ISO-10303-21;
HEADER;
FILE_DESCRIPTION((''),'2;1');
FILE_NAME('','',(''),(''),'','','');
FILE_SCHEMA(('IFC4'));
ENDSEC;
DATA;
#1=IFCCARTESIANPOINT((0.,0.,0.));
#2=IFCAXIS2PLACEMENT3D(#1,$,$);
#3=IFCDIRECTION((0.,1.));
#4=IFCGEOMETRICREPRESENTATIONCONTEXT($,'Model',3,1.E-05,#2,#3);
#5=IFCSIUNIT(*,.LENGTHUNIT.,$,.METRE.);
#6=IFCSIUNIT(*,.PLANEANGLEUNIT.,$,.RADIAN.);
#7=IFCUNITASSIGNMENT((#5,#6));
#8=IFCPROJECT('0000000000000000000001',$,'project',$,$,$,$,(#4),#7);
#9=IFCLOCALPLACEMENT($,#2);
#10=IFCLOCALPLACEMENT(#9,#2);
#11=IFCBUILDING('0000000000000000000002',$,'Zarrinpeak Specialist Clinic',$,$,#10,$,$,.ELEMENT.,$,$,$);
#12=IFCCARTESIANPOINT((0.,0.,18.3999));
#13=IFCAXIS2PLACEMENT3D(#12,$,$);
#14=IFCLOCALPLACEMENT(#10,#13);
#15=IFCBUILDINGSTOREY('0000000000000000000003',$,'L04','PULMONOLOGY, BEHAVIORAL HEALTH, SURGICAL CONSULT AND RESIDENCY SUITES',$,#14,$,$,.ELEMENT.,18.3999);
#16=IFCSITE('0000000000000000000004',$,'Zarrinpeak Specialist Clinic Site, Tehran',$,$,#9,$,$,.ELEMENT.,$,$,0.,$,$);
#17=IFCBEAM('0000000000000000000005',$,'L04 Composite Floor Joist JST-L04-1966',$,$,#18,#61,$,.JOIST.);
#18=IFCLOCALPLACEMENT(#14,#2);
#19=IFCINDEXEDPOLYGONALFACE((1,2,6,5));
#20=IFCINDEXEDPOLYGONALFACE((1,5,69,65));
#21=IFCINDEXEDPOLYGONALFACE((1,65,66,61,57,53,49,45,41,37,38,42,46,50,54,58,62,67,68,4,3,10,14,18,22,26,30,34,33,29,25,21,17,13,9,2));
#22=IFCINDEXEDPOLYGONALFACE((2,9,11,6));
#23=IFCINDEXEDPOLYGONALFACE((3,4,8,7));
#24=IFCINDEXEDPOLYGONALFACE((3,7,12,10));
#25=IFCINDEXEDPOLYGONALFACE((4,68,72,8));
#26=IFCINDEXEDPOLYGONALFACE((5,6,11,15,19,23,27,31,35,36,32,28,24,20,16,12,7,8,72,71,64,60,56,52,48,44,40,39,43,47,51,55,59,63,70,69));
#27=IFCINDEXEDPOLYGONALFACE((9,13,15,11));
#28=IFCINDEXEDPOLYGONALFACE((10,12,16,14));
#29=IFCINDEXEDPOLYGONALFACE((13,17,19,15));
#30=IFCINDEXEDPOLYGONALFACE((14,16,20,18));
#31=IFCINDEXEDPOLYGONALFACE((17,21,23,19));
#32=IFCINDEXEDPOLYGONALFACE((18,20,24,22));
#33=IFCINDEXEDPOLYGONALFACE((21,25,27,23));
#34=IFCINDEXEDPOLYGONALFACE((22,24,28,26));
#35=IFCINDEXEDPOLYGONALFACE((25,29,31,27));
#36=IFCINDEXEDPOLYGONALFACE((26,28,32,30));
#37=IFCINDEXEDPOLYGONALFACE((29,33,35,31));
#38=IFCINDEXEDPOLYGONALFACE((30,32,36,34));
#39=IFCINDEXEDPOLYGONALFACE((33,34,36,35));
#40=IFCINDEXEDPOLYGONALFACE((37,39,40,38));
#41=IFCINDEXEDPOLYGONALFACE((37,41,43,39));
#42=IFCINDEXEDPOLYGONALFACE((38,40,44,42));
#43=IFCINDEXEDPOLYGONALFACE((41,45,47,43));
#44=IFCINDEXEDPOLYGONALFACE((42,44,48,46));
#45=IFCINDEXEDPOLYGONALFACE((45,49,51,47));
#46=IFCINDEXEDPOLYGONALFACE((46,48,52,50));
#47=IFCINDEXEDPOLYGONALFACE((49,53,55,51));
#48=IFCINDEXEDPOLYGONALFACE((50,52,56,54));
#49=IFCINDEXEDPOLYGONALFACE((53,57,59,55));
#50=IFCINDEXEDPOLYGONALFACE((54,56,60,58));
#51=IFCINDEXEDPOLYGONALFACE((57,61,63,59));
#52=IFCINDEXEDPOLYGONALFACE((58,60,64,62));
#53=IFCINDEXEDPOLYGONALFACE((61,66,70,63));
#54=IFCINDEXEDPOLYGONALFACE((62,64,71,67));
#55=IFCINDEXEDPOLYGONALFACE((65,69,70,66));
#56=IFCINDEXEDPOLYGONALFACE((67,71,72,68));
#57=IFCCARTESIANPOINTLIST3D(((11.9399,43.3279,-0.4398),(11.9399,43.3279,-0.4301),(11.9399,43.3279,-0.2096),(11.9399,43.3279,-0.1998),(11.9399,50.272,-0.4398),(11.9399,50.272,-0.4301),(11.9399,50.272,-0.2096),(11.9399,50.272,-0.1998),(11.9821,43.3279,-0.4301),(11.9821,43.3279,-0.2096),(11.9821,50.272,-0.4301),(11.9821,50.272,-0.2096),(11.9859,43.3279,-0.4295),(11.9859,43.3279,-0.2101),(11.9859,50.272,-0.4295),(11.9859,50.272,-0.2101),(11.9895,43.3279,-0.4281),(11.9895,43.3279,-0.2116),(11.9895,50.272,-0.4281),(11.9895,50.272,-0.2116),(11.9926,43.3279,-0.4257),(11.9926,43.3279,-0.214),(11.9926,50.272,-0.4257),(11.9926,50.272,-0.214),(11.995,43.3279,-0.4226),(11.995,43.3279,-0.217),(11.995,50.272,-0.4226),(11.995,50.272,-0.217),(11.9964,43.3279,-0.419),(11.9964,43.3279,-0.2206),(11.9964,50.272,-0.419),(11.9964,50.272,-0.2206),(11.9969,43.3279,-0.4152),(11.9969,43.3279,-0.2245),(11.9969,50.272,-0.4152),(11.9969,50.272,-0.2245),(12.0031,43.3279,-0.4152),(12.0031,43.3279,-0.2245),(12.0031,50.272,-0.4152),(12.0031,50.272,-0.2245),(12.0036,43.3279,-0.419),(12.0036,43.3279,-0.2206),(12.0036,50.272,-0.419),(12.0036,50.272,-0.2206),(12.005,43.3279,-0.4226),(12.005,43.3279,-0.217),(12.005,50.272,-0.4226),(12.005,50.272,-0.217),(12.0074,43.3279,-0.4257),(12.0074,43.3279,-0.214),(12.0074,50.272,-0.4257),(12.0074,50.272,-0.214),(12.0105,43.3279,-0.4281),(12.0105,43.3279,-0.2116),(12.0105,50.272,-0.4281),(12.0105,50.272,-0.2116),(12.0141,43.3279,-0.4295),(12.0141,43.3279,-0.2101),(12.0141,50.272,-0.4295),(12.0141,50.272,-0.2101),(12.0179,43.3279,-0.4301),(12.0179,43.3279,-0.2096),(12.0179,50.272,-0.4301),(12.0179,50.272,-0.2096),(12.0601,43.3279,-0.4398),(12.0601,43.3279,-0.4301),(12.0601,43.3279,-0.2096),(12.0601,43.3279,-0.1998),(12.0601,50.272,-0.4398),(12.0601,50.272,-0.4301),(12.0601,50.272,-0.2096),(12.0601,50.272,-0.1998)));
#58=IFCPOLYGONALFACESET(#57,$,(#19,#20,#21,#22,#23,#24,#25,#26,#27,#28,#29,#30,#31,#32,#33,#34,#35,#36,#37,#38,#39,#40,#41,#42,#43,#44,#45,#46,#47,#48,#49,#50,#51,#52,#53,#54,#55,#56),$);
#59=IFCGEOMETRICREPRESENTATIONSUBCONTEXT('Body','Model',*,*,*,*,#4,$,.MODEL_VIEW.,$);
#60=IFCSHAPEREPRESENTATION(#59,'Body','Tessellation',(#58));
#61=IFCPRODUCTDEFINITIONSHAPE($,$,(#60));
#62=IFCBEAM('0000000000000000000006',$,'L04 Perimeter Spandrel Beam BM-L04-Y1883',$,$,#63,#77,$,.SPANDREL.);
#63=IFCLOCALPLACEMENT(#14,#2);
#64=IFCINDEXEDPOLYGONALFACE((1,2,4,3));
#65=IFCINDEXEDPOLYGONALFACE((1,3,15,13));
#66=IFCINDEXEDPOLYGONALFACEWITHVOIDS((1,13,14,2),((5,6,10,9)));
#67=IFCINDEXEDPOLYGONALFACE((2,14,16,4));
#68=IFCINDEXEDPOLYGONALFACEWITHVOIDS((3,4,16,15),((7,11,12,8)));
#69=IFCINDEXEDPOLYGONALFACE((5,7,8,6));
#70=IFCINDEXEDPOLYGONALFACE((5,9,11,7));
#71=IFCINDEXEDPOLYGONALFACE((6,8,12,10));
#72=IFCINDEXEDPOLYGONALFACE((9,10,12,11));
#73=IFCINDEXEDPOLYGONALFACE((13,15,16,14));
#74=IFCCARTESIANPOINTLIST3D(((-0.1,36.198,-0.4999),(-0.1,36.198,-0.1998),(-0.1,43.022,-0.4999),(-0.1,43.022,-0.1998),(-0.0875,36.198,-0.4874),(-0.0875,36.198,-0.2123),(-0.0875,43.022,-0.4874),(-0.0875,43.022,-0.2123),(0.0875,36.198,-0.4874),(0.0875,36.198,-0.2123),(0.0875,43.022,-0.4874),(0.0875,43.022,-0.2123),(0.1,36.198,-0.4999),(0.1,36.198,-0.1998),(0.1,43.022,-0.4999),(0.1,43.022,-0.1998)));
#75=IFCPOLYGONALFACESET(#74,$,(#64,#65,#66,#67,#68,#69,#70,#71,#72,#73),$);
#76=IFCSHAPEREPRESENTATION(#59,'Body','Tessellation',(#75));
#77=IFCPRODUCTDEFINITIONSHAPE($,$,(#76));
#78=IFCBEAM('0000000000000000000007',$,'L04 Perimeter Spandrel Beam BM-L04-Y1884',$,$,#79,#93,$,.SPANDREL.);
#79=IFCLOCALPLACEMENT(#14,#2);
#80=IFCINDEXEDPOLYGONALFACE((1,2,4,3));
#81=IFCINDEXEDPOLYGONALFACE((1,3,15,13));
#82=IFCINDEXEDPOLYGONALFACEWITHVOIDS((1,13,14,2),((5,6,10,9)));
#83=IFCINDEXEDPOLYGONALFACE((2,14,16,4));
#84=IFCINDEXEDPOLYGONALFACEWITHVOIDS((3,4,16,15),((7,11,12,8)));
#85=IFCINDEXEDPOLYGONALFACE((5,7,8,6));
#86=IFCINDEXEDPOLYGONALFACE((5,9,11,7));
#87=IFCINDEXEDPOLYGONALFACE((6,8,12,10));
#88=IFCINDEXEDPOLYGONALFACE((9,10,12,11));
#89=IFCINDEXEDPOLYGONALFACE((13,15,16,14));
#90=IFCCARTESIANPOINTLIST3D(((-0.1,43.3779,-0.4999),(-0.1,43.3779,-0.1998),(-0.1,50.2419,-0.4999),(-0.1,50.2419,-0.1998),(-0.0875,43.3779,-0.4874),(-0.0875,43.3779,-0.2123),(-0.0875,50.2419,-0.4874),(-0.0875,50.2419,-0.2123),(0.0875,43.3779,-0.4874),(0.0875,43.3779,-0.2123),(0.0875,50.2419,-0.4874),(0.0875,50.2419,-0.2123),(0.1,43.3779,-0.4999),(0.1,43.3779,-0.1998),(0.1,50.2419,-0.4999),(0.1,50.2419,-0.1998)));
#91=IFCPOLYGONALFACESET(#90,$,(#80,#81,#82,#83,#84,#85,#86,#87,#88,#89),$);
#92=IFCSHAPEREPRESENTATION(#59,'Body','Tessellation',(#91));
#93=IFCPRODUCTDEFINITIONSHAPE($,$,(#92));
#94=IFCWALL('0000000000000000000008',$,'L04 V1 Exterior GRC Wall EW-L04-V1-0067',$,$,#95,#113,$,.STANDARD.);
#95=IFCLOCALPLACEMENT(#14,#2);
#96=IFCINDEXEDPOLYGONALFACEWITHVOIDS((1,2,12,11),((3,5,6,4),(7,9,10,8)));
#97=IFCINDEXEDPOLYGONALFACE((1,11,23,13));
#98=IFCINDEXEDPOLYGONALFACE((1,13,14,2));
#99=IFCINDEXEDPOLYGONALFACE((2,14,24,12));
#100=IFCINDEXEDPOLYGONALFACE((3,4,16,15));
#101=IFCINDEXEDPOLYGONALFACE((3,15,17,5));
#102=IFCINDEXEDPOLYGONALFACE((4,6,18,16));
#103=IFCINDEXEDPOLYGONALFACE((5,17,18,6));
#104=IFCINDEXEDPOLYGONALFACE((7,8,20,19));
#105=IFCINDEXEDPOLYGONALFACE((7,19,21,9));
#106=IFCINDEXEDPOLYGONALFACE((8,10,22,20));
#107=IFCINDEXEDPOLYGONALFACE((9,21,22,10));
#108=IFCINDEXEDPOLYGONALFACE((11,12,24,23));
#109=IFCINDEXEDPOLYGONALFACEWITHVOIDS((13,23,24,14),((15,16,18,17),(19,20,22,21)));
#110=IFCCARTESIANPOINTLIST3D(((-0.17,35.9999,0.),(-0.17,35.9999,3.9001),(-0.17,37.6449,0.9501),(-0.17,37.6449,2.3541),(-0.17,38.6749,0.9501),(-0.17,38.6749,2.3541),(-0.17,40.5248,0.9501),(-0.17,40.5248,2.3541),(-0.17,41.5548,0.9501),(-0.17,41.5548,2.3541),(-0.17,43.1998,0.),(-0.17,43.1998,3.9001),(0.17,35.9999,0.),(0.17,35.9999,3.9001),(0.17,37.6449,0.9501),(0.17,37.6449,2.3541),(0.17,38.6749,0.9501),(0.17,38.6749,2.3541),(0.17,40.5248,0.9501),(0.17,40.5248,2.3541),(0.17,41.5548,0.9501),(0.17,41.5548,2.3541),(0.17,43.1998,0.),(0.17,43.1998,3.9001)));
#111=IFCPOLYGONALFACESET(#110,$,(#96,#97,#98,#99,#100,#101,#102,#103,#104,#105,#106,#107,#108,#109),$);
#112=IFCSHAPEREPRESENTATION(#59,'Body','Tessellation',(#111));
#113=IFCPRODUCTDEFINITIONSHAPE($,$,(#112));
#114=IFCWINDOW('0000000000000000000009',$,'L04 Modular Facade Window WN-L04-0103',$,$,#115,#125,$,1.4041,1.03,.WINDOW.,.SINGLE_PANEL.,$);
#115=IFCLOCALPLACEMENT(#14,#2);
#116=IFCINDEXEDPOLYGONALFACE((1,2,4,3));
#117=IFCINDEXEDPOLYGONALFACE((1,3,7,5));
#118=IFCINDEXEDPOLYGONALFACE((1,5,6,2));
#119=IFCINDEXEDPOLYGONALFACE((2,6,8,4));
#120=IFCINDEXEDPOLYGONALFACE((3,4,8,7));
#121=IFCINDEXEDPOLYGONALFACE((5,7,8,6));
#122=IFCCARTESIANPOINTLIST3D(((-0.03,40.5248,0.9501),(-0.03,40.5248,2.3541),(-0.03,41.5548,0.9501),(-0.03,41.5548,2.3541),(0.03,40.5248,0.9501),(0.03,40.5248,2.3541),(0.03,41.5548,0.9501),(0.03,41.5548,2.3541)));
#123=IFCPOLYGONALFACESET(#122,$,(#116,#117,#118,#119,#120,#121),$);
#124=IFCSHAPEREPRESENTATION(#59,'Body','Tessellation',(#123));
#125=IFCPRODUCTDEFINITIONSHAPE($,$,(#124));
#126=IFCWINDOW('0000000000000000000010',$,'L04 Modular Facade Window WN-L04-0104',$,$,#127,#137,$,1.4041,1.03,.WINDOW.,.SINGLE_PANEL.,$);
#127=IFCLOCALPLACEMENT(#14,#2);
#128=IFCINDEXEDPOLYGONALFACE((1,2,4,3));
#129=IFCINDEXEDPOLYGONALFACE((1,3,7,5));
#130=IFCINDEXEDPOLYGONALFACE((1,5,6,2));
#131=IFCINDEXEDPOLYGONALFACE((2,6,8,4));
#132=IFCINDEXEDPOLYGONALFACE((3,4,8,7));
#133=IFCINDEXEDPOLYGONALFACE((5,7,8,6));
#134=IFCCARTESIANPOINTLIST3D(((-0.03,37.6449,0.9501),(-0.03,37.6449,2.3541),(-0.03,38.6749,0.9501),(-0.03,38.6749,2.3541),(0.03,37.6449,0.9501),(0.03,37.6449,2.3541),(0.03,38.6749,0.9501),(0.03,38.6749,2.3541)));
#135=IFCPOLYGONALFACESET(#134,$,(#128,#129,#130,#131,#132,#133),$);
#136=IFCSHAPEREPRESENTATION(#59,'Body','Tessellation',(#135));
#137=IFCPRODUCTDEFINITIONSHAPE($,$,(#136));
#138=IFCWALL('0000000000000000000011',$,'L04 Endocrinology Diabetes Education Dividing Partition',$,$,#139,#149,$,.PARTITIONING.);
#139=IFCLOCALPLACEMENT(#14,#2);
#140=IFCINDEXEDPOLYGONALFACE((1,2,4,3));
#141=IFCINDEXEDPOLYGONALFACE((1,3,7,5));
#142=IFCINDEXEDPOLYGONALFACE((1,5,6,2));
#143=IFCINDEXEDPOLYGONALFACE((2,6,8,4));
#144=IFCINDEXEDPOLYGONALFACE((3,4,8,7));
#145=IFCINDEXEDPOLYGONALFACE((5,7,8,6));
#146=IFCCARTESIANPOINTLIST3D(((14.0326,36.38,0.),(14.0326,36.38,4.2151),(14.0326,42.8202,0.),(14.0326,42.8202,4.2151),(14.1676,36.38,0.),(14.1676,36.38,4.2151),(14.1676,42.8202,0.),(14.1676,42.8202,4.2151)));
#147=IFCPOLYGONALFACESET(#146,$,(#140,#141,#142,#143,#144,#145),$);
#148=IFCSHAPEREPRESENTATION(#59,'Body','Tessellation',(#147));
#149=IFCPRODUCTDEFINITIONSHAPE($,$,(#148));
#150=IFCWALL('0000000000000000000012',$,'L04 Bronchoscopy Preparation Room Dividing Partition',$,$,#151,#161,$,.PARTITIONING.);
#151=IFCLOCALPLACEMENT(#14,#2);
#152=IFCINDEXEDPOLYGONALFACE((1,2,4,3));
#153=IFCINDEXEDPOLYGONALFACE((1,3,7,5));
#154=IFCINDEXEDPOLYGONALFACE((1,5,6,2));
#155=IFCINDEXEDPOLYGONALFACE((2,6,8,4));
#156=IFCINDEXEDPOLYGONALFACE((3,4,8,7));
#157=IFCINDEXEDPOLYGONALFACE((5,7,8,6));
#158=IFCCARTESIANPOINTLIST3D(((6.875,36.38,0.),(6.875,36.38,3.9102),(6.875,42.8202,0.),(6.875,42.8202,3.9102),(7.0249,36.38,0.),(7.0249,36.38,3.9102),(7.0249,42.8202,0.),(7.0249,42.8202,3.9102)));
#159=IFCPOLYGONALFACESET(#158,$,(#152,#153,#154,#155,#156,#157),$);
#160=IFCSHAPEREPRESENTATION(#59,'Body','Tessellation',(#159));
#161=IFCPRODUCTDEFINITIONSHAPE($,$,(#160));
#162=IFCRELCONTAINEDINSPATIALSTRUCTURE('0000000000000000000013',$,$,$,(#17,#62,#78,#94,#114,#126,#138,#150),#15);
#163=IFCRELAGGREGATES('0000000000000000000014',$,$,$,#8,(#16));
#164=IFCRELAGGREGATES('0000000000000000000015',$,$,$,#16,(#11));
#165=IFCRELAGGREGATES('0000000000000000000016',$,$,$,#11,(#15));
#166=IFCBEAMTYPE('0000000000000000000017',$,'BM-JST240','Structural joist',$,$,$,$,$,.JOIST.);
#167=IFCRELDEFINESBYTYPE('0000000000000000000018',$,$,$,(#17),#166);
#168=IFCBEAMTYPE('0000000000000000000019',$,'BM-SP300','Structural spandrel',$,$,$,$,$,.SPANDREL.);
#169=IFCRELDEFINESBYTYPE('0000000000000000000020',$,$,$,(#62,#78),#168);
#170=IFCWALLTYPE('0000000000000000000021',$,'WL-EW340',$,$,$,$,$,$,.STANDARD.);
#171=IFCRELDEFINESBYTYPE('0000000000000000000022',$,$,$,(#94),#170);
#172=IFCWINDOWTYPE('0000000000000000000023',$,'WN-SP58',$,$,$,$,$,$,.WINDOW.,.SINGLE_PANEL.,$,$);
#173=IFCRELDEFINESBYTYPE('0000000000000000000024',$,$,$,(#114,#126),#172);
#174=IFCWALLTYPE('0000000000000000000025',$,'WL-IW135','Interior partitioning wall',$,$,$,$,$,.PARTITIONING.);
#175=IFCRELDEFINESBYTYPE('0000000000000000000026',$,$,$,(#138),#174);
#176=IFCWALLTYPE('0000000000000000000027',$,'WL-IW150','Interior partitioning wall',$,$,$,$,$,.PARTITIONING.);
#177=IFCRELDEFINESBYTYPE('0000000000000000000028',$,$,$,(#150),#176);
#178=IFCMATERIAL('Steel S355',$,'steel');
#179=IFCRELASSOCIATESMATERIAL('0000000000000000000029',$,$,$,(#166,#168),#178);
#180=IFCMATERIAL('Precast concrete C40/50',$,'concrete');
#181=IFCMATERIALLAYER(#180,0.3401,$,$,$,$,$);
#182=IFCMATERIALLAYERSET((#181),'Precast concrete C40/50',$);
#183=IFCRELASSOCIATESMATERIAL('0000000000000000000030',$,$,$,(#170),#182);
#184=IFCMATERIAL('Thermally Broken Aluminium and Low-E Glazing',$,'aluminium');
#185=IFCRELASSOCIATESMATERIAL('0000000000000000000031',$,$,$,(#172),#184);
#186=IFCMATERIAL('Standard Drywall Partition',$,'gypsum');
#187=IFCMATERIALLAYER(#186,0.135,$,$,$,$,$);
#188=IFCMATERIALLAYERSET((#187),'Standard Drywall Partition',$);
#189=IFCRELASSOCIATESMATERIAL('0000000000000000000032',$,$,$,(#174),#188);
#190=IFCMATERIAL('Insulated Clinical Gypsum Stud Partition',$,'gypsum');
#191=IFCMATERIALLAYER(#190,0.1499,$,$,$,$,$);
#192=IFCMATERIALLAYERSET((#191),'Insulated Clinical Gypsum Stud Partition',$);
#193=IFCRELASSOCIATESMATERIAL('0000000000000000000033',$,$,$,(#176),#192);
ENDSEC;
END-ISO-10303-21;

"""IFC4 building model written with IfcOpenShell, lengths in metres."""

from ifc_helpers import new_model, si_unit, direction, frame, frame_2d, origin, origin_2d, place, context, subcontext, project, spatial, rectangle, hollow_rectangle, i_section, extrude, material, layer, layer_set, material_profile, profile_set, type_object, element, fill, save


model = new_model("IFC4")

# Units and contexts
model_context = context("Model", 3, precision=1e-05, world=origin(), true_north=direction((0.0, 1.0)))
body_context = subcontext(model_context, "Body", "Model", "MODEL_VIEW")
ifc_project = project(units=[si_unit("LENGTHUNIT", "METRE"), si_unit("PLANEANGLEUNIT", "RADIAN")], contexts=[model_context])

# Site, building, storey
site_placement = place(None, origin())
site = spatial("IfcSite", under=ifc_project, at=site_placement, Name="Zarrinpeak Specialist Clinic Site, Tehran", CompositionType="ELEMENT", RefElevation=0.0)
building_placement = place(site_placement, origin())
building = spatial("IfcBuilding", under=site, at=building_placement, Name="Zarrinpeak Specialist Clinic", CompositionType="ELEMENT")
storey_placement = place(building_placement, frame((0.0, 0.0, 18.3999)))
storey = spatial("IfcBuildingStorey", under=building, at=storey_placement, Name="L04", Description="PULMONOLOGY, BEHAVIORAL HEALTH, SURGICAL CONSULT AND RESIDENCY SUITES", CompositionType="ELEMENT", Elevation=18.3999)

# Shared definitions
ifc_material_1 = material(Name="Steel S355", Category="steel")

# Beams
ifc_material_profile_1 = material_profile(ifc_material_1, i_section(OverallWidth=0.1201, OverallDepth=0.24, WebThickness=0.0061, FlangeThickness=0.0098, FilletRadius=0.0149, at=origin_2d()), Name="IPE 240")
ifc_profile_set_1 = profile_set([ifc_material_profile_1], Name="Steel S355")
beam_type_1 = type_object("IfcBeamType", Name="BM-JST240", Description="Structural joist", PredefinedType="JOIST", material=ifc_profile_set_1)
for number, where, z_axis, x_axis, name in (
    (1, (12.0, 43.3279, -0.3198), (0.0, 1.0, 0.0), (-1.0, 0.0, 0.0), "L04 Composite Floor Joist JST-L04-1966"),
):
    element("IfcBeam", number, at=place(storey_placement, frame(where, z_axis=z_axis, x_axis=x_axis)), inside=storey, type_object=beam_type_1, Name=name, PredefinedType="JOIST", context=body_context, shape_type="SweptSolid", body=[
        extrude(i_section(OverallWidth=0.1201, OverallDepth=0.24, WebThickness=0.0061, FlangeThickness=0.0098, FilletRadius=0.0149, at=origin_2d()), origin(), (0.0, 0.0, 1.0), 6.9441),
    ])
ifc_material_profile_2 = material_profile(ifc_material_1, hollow_rectangle(XDim=0.2, YDim=0.3, WallThickness=0.0125, at=origin_2d()), Name="RHS 300x200x12.5")
ifc_profile_set_2 = profile_set([ifc_material_profile_2], Name="Steel S355")
beam_type_2 = type_object("IfcBeamType", Name="BM-SP300", Description="Structural spandrel", PredefinedType="SPANDREL", material=ifc_profile_set_2)
beam_1_placement = place(storey_placement, frame((0.0, 36.198, -0.3499), z_axis=(0.0, 1.0, 0.0), x_axis=(-1.0, 0.0, 0.0)))
element("IfcBeam", 2, at=beam_1_placement, inside=storey, type_object=beam_type_2, Name="L04 Perimeter Spandrel Beam BM-L04-Y1883", PredefinedType="SPANDREL", context=body_context, shape_type="SweptSolid", body=[
    extrude(hollow_rectangle(XDim=0.2, YDim=0.3, WallThickness=0.0125, at=origin_2d()), origin(), (0.0, 0.0, 1.0), 6.824),
])
beam_2_placement = place(storey_placement, frame((0.0, 43.3779, -0.3499), z_axis=(0.0, 1.0, 0.0), x_axis=(-1.0, 0.0, 0.0)))
element("IfcBeam", 3, at=beam_2_placement, inside=storey, type_object=beam_type_2, Name="L04 Perimeter Spandrel Beam BM-L04-Y1884", PredefinedType="SPANDREL", context=body_context, shape_type="SweptSolid", body=[
    extrude(hollow_rectangle(XDim=0.2, YDim=0.3, WallThickness=0.0125, at=origin_2d()), origin(), (0.0, 0.0, 1.0), 6.864),
])

# Wall, openings, windows
ifc_material_2 = material(Name="Precast concrete C40/50", Category="concrete")
ifc_layer_1 = layer(ifc_material_2, 0.3401)
ifc_layer_set_1 = layer_set([ifc_layer_1], Name="Precast concrete C40/50")
wall_type_1 = type_object("IfcWallType", Name="WL-EW340", PredefinedType="STANDARD", material=ifc_layer_set_1)
wall_1_placement = place(storey_placement, frame((0.0, 43.2, 0.0), z_axis=(0.0, 0.0, 1.0), x_axis=(0.0, -1.0, 0.0)))
wall_1 = element("IfcWall", 4, at=wall_1_placement, inside=storey, type_object=wall_type_1, Name="L04 V1 Exterior GRC Wall EW-L04-V1-0067", PredefinedType="STANDARD", context=body_context, shape_type="SweptSolid", body=[
    extrude(rectangle(XDim=7.2, YDim=0.3401, at=frame_2d((3.6001, 0.0))), origin(), (0.0, 0.0, 1.0), 3.9001),
])
opening_1_placement = place(wall_1_placement, frame((1.645, 0.0, 0.95)))
opening_1 = element("IfcOpeningElement", 5, at=opening_1_placement, cuts=wall_1, PredefinedType="OPENING", context=body_context, shape_type="SweptSolid", body=[
    extrude(rectangle(XDim=1.03, YDim=1.4041, at=frame_2d((0.5151, 0.7021))), frame((0.0, 0.1802, 0.0), z_axis=(0.0, -1.0, 0.0), x_axis=(1.0, 0.0, 0.0)), (0.0, 0.0, 1.0), 0.3601),
])
opening_2_placement = place(wall_1_placement, frame((4.5249, 0.0, 0.95)))
opening_2 = element("IfcOpeningElement", 6, at=opening_2_placement, cuts=wall_1, PredefinedType="OPENING", context=body_context, shape_type="SweptSolid", body=[
    extrude(rectangle(XDim=1.03, YDim=1.4041, at=frame_2d((0.5151, 0.7021))), frame((0.0, 0.1802, 0.0), z_axis=(0.0, -1.0, 0.0), x_axis=(1.0, 0.0, 0.0)), (0.0, 0.0, 1.0), 0.3601),
])
ifc_material_3 = material(Name="Thermally Broken Aluminium and Low-E Glazing", Category="aluminium")
window_type = type_object("IfcWindowType", Name="WN-SP58", PartitioningType="SINGLE_PANEL", PredefinedType="WINDOW", material=ifc_material_3)
window_1_placement = place(opening_1_placement, origin())
window_1 = element("IfcWindow", 7, at=window_1_placement, inside=storey, type_object=window_type, Name="L04 Modular Facade Window WN-L04-0103", OverallHeight=1.4041, OverallWidth=1.03, PartitioningType="SINGLE_PANEL", PredefinedType="WINDOW", context=body_context, shape_type="SweptSolid", body=[
    extrude(rectangle(XDim=1.03, YDim=1.4041, at=frame_2d((0.5151, 0.7021))), frame((0.0, 0.03, 0.0), z_axis=(0.0, -1.0, 0.0), x_axis=(1.0, 0.0, 0.0)), (0.0, 0.0, 1.0), 0.0601),
])
fill(opening_1, window_1)
window_2_placement = place(opening_2_placement, origin())
window_2 = element("IfcWindow", 8, at=window_2_placement, inside=storey, type_object=window_type, Name="L04 Modular Facade Window WN-L04-0104", OverallHeight=1.4041, OverallWidth=1.03, PartitioningType="SINGLE_PANEL", PredefinedType="WINDOW", context=body_context, shape_type="SweptSolid", body=[
    extrude(rectangle(XDim=1.03, YDim=1.4041, at=frame_2d((0.5151, 0.7021))), frame((0.0, 0.03, 0.0), z_axis=(0.0, -1.0, 0.0), x_axis=(1.0, 0.0, 0.0)), (0.0, 0.0, 1.0), 0.0601),
])
fill(opening_2, window_2)

# Walls
ifc_material_4 = material(Name="Standard Drywall Partition", Category="gypsum")
ifc_layer_2 = layer(ifc_material_4, 0.135)
ifc_layer_set_2 = layer_set([ifc_layer_2], Name="Standard Drywall Partition")
wall_type_2 = type_object("IfcWallType", Name="WL-IW135", Description="Interior partitioning wall", PredefinedType="PARTITIONING", material=ifc_layer_set_2)
wall_2_placement = place(storey_placement, frame((14.1001, 36.3799, 0.0), z_axis=(0.0, 0.0, 1.0), x_axis=(0.0, 1.0, 0.0)))
element("IfcWall", 9, at=wall_2_placement, inside=storey, type_object=wall_type_2, Name="L04 Endocrinology Diabetes Education Dividing Partition", PredefinedType="PARTITIONING", context=body_context, shape_type="SweptSolid", body=[
    extrude(rectangle(XDim=6.4402, YDim=0.135, at=frame_2d((3.2202, 0.0))), origin(), (0.0, 0.0, 1.0), 4.2151),
])
ifc_material_5 = material(Name="Insulated Clinical Gypsum Stud Partition", Category="gypsum")
ifc_layer_3 = layer(ifc_material_5, 0.1499)
ifc_layer_set_3 = layer_set([ifc_layer_3], Name="Insulated Clinical Gypsum Stud Partition")
wall_type_3 = type_object("IfcWallType", Name="WL-IW150", Description="Interior partitioning wall", PredefinedType="PARTITIONING", material=ifc_layer_set_3)
wall_3_placement = place(storey_placement, frame((6.95, 36.3799, 0.0), z_axis=(0.0, 0.0, 1.0), x_axis=(0.0, 1.0, 0.0)))
element("IfcWall", 10, at=wall_3_placement, inside=storey, type_object=wall_type_3, Name="L04 Bronchoscopy Preparation Room Dividing Partition", PredefinedType="PARTITIONING", context=body_context, shape_type="SweptSolid", body=[
    extrude(rectangle(XDim=6.4402, YDim=0.1499, at=frame_2d((3.2202, 0.0))), origin(), (0.0, 0.0, 1.0), 3.9102),
])

save(model, "model.ifc")
